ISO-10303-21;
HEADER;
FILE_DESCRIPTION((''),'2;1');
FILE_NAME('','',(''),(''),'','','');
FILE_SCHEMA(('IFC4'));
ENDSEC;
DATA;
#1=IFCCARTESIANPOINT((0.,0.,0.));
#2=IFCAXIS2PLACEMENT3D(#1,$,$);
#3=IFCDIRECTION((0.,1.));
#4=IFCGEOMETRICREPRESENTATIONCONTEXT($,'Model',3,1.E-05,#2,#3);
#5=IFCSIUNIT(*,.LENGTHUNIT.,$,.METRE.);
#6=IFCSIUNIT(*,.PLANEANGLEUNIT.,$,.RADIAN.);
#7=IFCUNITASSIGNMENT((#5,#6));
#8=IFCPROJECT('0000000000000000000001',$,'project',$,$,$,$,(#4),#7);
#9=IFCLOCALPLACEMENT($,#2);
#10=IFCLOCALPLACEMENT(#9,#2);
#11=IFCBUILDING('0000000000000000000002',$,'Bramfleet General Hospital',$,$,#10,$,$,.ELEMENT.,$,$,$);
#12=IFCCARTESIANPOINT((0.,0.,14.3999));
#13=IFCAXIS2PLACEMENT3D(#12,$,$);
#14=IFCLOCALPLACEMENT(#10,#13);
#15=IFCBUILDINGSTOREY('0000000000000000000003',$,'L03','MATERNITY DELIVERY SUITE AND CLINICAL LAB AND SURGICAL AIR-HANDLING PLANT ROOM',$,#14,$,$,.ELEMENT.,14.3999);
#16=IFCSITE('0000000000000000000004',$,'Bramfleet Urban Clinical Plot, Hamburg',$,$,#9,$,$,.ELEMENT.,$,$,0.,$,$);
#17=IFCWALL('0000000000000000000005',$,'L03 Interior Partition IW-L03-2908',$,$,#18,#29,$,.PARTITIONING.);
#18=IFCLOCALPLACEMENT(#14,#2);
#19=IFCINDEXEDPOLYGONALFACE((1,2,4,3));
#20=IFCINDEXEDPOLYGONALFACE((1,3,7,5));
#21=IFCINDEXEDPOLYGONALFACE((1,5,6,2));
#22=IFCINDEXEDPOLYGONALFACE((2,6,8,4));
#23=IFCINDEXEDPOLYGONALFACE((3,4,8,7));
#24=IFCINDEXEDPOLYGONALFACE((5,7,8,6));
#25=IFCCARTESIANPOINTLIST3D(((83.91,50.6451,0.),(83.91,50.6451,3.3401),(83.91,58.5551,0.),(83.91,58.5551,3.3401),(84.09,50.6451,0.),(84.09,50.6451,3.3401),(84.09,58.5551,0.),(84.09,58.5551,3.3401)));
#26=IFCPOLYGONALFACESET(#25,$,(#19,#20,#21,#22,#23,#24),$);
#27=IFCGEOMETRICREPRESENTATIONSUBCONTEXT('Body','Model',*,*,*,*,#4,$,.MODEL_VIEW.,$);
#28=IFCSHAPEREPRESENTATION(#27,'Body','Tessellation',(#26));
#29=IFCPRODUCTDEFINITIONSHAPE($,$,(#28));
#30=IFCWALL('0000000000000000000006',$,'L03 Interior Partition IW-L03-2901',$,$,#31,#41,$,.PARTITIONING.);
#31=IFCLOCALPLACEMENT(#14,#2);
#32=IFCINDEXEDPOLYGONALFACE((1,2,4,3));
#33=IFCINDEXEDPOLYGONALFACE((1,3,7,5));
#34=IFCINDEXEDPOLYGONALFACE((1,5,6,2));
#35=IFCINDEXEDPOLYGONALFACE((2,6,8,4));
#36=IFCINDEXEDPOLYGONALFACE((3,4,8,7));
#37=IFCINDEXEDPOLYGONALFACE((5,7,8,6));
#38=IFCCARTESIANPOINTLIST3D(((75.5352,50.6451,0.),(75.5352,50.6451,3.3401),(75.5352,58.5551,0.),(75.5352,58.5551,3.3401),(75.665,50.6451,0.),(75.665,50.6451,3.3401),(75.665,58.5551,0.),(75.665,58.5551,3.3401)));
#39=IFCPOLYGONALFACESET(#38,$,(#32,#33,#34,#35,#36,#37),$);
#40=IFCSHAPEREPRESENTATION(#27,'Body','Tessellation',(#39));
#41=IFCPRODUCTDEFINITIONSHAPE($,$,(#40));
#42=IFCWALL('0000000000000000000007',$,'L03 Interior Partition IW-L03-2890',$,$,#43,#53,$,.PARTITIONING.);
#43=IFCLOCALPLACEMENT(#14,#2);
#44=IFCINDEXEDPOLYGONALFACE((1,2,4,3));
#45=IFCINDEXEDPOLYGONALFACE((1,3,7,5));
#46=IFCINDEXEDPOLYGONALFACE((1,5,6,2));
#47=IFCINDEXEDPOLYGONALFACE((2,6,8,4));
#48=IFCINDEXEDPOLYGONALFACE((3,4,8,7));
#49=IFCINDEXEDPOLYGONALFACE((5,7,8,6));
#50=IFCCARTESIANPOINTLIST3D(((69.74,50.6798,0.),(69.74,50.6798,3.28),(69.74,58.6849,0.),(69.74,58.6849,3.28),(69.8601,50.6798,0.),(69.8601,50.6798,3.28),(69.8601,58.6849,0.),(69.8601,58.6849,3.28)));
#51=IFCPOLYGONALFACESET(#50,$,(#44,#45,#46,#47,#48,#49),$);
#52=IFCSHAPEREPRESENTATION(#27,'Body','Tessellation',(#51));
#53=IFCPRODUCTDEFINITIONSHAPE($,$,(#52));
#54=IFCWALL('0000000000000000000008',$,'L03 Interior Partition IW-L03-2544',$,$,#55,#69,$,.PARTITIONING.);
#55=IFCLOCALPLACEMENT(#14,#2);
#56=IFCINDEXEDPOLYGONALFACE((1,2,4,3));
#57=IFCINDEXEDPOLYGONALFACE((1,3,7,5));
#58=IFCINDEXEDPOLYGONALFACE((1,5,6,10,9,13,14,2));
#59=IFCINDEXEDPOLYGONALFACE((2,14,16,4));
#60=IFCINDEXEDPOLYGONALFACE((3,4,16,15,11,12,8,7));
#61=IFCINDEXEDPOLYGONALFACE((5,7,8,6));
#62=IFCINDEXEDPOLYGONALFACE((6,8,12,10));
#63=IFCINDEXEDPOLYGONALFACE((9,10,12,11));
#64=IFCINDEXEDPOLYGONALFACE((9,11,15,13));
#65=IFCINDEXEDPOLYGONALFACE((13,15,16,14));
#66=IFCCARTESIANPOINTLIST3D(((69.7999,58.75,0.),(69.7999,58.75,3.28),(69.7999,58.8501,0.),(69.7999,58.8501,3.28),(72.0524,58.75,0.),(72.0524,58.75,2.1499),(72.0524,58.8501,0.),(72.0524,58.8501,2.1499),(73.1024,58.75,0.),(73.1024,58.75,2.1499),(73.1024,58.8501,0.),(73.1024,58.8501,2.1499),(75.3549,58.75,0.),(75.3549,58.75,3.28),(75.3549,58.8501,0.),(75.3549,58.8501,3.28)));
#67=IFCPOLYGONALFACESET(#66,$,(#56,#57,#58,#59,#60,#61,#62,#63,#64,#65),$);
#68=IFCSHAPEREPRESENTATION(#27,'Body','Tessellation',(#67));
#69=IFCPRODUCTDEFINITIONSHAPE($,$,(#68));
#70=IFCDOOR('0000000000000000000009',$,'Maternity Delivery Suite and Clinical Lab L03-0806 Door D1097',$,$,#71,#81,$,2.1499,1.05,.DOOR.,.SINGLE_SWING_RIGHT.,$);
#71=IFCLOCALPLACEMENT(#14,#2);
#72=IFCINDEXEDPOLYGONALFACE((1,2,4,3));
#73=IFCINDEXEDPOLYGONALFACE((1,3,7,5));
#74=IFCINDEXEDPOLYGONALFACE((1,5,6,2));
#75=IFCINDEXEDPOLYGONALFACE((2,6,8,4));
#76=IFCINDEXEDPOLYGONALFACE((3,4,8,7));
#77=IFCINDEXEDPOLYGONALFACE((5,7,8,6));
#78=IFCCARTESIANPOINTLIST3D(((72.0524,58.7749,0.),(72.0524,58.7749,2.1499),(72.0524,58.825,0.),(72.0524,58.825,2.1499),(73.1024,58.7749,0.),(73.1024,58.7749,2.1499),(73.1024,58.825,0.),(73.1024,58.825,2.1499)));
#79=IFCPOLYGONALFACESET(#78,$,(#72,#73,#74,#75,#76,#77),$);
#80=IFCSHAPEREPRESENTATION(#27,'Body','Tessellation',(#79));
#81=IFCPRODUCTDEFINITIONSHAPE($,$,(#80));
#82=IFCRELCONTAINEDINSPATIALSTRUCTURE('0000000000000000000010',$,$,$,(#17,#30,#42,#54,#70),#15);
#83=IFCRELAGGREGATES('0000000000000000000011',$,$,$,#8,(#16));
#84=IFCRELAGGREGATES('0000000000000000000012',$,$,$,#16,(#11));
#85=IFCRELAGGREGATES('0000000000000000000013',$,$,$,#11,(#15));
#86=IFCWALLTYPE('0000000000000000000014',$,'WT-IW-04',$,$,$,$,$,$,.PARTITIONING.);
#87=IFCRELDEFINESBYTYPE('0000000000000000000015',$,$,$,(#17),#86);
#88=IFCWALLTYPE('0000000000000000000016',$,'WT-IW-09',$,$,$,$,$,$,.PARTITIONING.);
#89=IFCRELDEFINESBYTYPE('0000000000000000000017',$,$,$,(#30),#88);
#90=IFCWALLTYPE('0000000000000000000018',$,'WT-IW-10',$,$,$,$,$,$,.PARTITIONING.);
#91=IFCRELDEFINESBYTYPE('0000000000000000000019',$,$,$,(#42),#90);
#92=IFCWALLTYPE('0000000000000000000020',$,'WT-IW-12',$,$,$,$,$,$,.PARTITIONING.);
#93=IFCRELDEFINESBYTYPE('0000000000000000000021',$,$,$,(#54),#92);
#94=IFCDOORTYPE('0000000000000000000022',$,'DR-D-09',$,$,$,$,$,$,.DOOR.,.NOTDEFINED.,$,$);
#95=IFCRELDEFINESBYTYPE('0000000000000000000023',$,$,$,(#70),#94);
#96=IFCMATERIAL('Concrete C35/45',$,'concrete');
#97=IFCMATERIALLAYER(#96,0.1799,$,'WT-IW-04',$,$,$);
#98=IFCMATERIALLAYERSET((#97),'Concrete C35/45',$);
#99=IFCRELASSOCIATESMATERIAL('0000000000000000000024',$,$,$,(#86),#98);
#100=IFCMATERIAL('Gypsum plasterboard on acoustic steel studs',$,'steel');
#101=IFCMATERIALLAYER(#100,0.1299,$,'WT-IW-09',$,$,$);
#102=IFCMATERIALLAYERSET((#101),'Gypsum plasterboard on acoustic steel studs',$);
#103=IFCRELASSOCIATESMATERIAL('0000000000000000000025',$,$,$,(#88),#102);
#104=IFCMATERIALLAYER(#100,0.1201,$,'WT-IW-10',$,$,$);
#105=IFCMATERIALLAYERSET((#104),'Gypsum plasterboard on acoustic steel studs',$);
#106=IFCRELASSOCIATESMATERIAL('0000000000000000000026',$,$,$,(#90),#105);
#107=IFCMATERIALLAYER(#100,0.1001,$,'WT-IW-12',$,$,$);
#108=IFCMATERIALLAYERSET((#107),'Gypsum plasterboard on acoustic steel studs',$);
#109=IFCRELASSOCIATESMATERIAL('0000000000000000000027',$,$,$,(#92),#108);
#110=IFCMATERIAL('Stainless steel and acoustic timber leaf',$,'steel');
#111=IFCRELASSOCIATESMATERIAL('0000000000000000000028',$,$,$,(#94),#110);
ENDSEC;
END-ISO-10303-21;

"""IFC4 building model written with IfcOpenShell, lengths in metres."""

from ifc_helpers import new_model, si_unit, direction, frame, frame_2d, origin, place, context, subcontext, project, spatial, rectangle, extrude, material, layer, layer_set, type_object, element, fill, save


model = new_model("IFC4")

# Units and contexts
model_context = context("Model", 3, precision=1e-05, world=origin(), true_north=direction((0.0, 1.0)))
body_context = subcontext(model_context, "Body", "Model", "MODEL_VIEW")
ifc_project = project(units=[si_unit("LENGTHUNIT", "METRE"), si_unit("PLANEANGLEUNIT", "RADIAN")], contexts=[model_context])

# Site, building, storey
site_placement = place(None, origin())
site = spatial("IfcSite", under=ifc_project, at=site_placement, Name="Bramfleet Urban Clinical Plot, Hamburg", CompositionType="ELEMENT", RefElevation=0.0)
building_placement = place(site_placement, origin())
building = spatial("IfcBuilding", under=site, at=building_placement, Name="Bramfleet General Hospital", CompositionType="ELEMENT")
storey_placement = place(building_placement, frame((0.0, 0.0, 14.3999)))
storey = spatial("IfcBuildingStorey", under=building, at=storey_placement, Name="L03", Description="MATERNITY DELIVERY SUITE AND CLINICAL LAB AND SURGICAL AIR-HANDLING PLANT ROOM", CompositionType="ELEMENT", Elevation=14.3999)

# Shared definitions
ifc_material_1 = material(Name="Concrete C35/45", Category="concrete")

# Shared definitions
ifc_material_2 = material(Name="Stainless steel and acoustic timber leaf", Category="steel")

# Walls
ifc_layer_1 = layer(ifc_material_1, 0.1799, Name="WT-IW-04")
ifc_layer_set_1 = layer_set([ifc_layer_1], Name="Concrete C35/45")
wall_type_1 = type_object("IfcWallType", Name="WT-IW-04", PredefinedType="PARTITIONING", material=ifc_layer_set_1)
wall_1_placement = place(storey_placement, frame((84.0, 50.645, 0.0), z_axis=(0.0, 0.0, 1.0), x_axis=(0.0, 1.0, 0.0)))
element("IfcWall", 1, at=wall_1_placement, inside=storey, type_object=wall_type_1, Name="L03 Interior Partition IW-L03-2908", PredefinedType="PARTITIONING", context=body_context, shape_type="SweptSolid", body=[
    extrude(rectangle(XDim=7.9099, YDim=0.1799, at=frame_2d((3.9551, 0.0))), origin(), (0.0, 0.0, 1.0), 3.3401),
])
ifc_material_3 = material(Name="Gypsum plasterboard on acoustic steel studs", Category="steel")
ifc_layer_2 = layer(ifc_material_3, 0.1299, Name="WT-IW-09")
ifc_layer_set_2 = layer_set([ifc_layer_2], Name="Gypsum plasterboard on acoustic steel studs")
wall_type_2 = type_object("IfcWallType", Name="WT-IW-09", PredefinedType="PARTITIONING", material=ifc_layer_set_2)
wall_2_placement = place(storey_placement, frame((75.6001, 50.645, 0.0), z_axis=(0.0, 0.0, 1.0), x_axis=(0.0, 1.0, 0.0)))
element("IfcWall", 2, at=wall_2_placement, inside=storey, type_object=wall_type_2, Name="L03 Interior Partition IW-L03-2901", PredefinedType="PARTITIONING", context=body_context, shape_type="SweptSolid", body=[
    extrude(rectangle(XDim=7.9099, YDim=0.1299, at=frame_2d((3.9551, 0.0))), origin(), (0.0, 0.0, 1.0), 3.3401),
])
ifc_layer_3 = layer(ifc_material_3, 0.1201, Name="WT-IW-10")
ifc_layer_set_3 = layer_set([ifc_layer_3], Name="Gypsum plasterboard on acoustic steel studs")
wall_type_3 = type_object("IfcWallType", Name="WT-IW-10", PredefinedType="PARTITIONING", material=ifc_layer_set_3)
wall_3_placement = place(storey_placement, frame((69.8, 50.6799, 0.0), z_axis=(0.0, 0.0, 1.0), x_axis=(0.0, 1.0, 0.0)))
element("IfcWall", 3, at=wall_3_placement, inside=storey, type_object=wall_type_3, Name="L03 Interior Partition IW-L03-2890", PredefinedType="PARTITIONING", context=body_context, shape_type="SweptSolid", body=[
    extrude(rectangle(XDim=8.0051, YDim=0.1201, at=frame_2d((4.0024, 0.0))), origin(), (0.0, 0.0, 1.0), 3.28),
])

# Wall, opening, door
ifc_layer_4 = layer(ifc_material_3, 0.1001, Name="WT-IW-12")
ifc_layer_set_4 = layer_set([ifc_layer_4], Name="Gypsum plasterboard on acoustic steel studs")
wall_type_4 = type_object("IfcWallType", Name="WT-IW-12", PredefinedType="PARTITIONING", material=ifc_layer_set_4)
wall_4_placement = place(storey_placement, frame((69.8, 58.8, 0.0), z_axis=(0.0, 0.0, 1.0), x_axis=(1.0, 0.0, 0.0)))
wall_4 = element("IfcWall", 4, at=wall_4_placement, inside=storey, type_object=wall_type_4, Name="L03 Interior Partition IW-L03-2544", PredefinedType="PARTITIONING", context=body_context, shape_type="SweptSolid", body=[
    extrude(rectangle(XDim=5.5549, YDim=0.1001, at=frame_2d((2.7773, 0.0))), origin(), (0.0, 0.0, 1.0), 3.28),
])
opening_1_placement = place(wall_4_placement, frame((2.2524, 0.0, 0.0)))
opening_1 = element("IfcOpeningElement", 5, at=opening_1_placement, cuts=wall_4, PredefinedType="OPENING", context=body_context, shape_type="SweptSolid", body=[
    extrude(rectangle(XDim=1.05, YDim=2.1499, at=frame_2d((0.5249, 1.075))), frame((0.0, 0.0601, 0.0), z_axis=(0.0, -1.0, 0.0), x_axis=(1.0, 0.0, 0.0)), (0.0, 0.0, 1.0), 0.1201),
])
door_type_1 = type_object("IfcDoorType", Name="DR-D-09", OperationType="NOTDEFINED", PredefinedType="DOOR", material=ifc_material_2)
door_1_placement = place(opening_1_placement, origin())
door_1 = element("IfcDoor", 6, at=door_1_placement, inside=storey, type_object=door_type_1, Name="Maternity Delivery Suite and Clinical Lab L03-0806 Door D1097", OperationType="SINGLE_SWING_RIGHT", OverallHeight=2.1499, OverallWidth=1.05, PredefinedType="DOOR", context=body_context, shape_type="SweptSolid", body=[
    extrude(rectangle(XDim=1.05, YDim=2.1499, at=frame_2d((0.5249, 1.075))), frame((0.0, 0.0249, 0.0), z_axis=(0.0, -1.0, 0.0), x_axis=(1.0, 0.0, 0.0)), (0.0, 0.0, 1.0), 0.05),
])
fill(opening_1, door_1)

save(model, "model.ifc")
